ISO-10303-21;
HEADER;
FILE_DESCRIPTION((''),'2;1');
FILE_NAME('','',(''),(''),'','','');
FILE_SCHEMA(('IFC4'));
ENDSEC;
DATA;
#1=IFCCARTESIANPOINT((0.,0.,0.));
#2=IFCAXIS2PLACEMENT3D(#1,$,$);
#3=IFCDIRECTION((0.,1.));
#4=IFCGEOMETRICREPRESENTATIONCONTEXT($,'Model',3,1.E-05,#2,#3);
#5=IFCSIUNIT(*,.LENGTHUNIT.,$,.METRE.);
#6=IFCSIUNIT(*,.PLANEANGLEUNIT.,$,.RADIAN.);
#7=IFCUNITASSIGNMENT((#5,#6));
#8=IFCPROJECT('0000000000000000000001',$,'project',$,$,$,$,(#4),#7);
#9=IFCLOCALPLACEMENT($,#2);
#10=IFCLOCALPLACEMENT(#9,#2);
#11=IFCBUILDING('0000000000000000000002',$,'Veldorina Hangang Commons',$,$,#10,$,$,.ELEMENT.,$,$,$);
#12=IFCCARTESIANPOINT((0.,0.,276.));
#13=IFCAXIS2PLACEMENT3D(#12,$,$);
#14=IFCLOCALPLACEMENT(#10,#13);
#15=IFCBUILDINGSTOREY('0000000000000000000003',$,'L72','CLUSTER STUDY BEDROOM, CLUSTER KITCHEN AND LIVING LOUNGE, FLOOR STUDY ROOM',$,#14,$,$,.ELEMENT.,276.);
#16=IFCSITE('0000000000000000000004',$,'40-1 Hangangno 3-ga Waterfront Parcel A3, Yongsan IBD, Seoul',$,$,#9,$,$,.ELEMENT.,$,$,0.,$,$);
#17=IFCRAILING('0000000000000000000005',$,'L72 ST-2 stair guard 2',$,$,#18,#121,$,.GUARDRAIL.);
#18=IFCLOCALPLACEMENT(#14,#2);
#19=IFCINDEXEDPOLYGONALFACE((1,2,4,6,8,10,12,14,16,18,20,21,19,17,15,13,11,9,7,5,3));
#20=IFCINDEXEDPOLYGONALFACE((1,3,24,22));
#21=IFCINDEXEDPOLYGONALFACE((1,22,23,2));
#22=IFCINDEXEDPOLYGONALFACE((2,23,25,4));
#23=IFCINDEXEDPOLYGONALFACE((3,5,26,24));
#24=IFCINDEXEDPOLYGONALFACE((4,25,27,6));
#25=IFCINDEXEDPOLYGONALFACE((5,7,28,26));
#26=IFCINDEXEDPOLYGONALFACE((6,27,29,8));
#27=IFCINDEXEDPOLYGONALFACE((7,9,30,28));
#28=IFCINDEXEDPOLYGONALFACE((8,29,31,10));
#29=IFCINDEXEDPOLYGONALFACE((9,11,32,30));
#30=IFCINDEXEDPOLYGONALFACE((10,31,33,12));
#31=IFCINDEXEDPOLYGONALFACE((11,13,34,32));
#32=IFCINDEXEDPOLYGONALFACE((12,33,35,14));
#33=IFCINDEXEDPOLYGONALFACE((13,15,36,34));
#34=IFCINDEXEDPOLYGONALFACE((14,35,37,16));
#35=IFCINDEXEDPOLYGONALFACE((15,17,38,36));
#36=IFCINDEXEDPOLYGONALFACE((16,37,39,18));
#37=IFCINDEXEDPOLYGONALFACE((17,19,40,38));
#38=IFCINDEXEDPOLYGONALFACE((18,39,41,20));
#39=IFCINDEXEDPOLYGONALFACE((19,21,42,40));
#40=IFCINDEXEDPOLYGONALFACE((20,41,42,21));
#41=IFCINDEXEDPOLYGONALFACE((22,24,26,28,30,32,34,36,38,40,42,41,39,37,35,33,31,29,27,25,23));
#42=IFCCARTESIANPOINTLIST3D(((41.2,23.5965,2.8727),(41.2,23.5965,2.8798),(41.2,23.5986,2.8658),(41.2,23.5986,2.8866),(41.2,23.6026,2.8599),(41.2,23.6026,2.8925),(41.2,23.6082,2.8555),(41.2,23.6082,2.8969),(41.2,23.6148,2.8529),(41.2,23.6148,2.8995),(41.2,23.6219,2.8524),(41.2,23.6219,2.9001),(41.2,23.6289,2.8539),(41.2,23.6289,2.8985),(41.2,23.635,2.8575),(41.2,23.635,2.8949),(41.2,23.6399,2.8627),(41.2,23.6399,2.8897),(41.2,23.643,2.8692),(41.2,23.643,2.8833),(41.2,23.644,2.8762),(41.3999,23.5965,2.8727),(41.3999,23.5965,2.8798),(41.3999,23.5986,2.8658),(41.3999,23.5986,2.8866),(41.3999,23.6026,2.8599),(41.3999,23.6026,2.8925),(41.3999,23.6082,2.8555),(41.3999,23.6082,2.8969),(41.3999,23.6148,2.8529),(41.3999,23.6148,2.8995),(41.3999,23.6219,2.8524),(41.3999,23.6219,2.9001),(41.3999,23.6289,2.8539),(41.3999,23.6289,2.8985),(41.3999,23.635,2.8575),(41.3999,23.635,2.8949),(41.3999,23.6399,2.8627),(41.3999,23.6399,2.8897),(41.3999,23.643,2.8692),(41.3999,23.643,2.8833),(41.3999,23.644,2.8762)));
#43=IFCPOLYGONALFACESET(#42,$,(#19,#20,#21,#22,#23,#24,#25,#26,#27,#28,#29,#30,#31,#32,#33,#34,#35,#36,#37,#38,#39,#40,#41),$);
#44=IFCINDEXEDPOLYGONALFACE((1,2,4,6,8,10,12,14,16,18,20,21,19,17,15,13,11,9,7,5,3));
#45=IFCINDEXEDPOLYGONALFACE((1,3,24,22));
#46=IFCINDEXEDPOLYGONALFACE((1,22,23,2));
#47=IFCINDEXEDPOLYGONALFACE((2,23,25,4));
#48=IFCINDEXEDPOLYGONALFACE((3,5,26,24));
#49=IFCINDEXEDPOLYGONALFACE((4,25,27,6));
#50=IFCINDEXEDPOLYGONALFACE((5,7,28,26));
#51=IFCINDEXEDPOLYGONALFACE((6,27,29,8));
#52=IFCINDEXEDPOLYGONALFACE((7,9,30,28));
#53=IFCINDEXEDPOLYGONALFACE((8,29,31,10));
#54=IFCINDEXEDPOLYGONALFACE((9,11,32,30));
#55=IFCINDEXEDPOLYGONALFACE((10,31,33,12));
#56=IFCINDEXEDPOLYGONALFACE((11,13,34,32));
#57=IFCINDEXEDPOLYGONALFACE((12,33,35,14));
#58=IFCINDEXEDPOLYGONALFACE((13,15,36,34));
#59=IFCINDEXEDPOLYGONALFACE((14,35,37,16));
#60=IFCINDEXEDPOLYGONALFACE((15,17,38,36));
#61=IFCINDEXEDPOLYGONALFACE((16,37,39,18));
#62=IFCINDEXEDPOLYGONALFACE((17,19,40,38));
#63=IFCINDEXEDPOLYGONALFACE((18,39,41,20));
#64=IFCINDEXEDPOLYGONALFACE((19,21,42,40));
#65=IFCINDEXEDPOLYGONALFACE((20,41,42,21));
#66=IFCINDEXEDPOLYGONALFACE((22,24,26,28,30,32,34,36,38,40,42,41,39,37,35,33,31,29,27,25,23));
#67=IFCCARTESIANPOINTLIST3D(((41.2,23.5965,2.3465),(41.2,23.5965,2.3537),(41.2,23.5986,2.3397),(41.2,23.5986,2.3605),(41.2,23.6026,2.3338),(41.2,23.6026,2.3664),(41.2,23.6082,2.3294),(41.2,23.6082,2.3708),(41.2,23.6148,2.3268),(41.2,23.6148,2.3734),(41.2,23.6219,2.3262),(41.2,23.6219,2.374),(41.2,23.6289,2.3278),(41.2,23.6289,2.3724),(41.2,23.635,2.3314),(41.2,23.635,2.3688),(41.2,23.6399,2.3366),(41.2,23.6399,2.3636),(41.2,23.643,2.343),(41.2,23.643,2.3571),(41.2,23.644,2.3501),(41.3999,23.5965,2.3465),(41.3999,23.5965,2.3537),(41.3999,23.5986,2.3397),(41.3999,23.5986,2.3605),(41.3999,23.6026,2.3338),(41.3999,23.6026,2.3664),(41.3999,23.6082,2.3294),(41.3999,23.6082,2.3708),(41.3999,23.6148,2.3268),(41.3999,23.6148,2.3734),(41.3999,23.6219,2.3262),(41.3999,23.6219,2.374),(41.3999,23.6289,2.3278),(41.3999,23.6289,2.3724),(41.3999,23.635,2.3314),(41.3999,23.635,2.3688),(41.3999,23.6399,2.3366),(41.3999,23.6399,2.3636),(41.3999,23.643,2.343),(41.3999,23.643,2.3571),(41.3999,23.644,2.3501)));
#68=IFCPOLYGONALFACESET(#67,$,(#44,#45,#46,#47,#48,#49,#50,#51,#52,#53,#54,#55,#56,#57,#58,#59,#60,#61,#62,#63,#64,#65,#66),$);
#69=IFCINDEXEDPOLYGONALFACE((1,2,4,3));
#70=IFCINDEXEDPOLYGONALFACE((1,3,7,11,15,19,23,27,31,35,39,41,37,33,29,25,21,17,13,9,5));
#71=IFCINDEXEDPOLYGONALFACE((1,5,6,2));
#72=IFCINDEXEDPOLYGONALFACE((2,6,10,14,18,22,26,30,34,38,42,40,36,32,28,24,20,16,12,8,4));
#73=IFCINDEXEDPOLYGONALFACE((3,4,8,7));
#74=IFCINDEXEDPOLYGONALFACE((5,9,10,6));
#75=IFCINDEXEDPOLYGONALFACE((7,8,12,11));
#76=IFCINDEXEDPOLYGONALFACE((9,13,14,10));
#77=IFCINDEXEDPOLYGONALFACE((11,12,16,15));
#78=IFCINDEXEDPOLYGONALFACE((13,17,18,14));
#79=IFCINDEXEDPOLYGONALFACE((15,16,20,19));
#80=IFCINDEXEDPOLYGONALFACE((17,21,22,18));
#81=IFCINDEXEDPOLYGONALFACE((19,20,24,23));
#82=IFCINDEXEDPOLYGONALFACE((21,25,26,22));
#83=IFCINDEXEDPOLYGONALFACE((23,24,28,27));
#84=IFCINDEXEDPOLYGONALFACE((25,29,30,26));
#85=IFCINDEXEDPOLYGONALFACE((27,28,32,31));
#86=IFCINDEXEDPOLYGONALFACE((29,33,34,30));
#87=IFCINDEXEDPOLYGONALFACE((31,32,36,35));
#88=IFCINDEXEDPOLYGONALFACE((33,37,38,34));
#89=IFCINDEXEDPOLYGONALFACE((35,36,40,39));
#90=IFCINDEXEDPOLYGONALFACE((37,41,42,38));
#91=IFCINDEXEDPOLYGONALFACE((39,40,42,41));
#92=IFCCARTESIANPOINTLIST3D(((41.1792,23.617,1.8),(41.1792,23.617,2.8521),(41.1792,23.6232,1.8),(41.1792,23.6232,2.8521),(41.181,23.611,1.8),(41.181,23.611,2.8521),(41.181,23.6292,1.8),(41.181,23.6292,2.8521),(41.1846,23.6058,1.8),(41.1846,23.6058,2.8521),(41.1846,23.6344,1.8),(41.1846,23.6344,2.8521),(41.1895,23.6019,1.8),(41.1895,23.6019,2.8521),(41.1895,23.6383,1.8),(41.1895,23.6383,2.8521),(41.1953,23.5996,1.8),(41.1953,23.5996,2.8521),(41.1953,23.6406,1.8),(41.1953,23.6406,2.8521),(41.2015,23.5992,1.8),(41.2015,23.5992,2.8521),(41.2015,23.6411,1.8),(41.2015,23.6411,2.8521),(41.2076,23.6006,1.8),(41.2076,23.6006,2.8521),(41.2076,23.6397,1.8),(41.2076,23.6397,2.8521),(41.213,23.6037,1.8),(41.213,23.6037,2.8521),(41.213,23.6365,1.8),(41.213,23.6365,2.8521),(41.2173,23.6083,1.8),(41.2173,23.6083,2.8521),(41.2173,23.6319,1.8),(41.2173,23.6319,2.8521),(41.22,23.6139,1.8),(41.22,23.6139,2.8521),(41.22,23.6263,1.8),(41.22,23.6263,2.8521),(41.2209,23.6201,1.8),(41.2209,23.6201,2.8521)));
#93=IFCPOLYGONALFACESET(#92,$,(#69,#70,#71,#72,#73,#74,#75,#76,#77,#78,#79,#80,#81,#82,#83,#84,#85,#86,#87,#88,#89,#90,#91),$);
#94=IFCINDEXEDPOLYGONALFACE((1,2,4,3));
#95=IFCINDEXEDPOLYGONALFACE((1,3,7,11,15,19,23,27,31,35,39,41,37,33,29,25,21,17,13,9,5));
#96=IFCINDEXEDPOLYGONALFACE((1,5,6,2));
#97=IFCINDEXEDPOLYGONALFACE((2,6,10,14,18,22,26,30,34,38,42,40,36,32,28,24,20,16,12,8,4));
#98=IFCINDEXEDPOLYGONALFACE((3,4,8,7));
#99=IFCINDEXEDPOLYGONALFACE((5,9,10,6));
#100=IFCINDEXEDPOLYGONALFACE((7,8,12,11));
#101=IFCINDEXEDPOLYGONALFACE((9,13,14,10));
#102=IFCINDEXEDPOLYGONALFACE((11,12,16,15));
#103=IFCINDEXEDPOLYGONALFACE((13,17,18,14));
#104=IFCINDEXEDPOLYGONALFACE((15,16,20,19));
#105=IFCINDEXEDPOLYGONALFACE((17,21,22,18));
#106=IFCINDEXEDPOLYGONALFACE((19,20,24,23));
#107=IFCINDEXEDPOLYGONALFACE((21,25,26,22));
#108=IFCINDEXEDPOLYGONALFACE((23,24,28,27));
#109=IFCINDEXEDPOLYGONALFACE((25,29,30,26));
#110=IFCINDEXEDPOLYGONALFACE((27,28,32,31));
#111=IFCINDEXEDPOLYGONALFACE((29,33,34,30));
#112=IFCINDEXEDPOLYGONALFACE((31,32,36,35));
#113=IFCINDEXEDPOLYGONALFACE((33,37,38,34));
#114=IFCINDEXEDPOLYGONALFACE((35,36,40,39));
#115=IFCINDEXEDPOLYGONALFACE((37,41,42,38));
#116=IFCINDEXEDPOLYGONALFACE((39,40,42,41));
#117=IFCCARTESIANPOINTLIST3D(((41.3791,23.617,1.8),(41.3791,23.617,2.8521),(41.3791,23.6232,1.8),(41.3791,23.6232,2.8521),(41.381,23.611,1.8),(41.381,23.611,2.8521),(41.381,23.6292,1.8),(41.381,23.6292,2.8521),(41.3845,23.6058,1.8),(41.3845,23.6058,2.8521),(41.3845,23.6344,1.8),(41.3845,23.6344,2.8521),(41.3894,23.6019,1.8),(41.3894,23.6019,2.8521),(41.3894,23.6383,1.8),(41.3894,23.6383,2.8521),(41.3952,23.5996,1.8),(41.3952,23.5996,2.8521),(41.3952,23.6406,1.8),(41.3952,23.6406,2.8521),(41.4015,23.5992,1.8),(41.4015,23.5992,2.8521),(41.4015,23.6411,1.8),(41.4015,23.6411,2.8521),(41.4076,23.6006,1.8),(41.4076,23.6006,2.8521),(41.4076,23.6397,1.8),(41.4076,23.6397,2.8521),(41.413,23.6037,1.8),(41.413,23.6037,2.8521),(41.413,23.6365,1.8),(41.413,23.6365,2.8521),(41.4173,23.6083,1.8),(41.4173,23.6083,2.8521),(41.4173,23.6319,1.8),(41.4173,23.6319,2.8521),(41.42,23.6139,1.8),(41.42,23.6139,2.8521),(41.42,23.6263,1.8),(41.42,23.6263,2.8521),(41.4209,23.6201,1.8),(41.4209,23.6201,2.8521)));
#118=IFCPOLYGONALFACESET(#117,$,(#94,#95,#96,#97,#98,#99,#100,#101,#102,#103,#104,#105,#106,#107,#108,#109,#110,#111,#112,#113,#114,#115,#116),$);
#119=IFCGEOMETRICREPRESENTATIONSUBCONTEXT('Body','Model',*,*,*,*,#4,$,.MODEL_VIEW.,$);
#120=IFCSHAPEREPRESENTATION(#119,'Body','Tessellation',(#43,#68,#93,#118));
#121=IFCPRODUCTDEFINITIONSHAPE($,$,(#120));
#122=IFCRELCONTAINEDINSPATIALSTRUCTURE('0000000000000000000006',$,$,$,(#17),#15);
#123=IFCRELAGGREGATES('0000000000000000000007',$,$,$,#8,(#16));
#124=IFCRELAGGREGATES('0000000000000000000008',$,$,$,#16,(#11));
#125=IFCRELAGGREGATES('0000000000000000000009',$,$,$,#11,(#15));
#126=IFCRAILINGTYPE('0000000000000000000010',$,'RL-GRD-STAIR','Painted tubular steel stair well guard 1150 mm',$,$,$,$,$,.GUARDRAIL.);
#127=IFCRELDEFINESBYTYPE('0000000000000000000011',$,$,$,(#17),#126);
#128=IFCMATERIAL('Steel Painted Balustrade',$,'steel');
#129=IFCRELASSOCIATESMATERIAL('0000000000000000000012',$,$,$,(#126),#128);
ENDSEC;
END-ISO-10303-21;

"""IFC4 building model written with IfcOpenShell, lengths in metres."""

from ifc_helpers import new_model, si_unit, direction, frame, origin, origin_2d, place, context, subcontext, project, spatial, circle, extrude, material, type_object, element, save


model = new_model("IFC4")

# Units and contexts
model_context = context("Model", 3, precision=1e-05, world=origin(), true_north=direction((0.0, 1.0)))
body_context = subcontext(model_context, "Body", "Model", "MODEL_VIEW")
ifc_project = project(units=[si_unit("LENGTHUNIT", "METRE"), si_unit("PLANEANGLEUNIT", "RADIAN")], contexts=[model_context])

# Site, building, storey
site_placement = place(None, origin())
site = spatial("IfcSite", under=ifc_project, at=site_placement, Name="40-1 Hangangno 3-ga Waterfront Parcel A3, Yongsan IBD, Seoul", CompositionType="ELEMENT", RefElevation=0.0)
building_placement = place(site_placement, origin())
building = spatial("IfcBuilding", under=site, at=building_placement, Name="Veldorina Hangang Commons", CompositionType="ELEMENT")
storey_placement = place(building_placement, frame((0.0, 0.0, 276.0)))
storey = spatial("IfcBuildingStorey", under=building, at=storey_placement, Name="L72", Description="CLUSTER STUDY BEDROOM, CLUSTER KITCHEN AND LIVING LOUNGE, FLOOR STUDY ROOM", CompositionType="ELEMENT", Elevation=276.0)

# Railing
ifc_material_1 = material(Name="Steel Painted Balustrade", Category="steel")
railing_type_1 = type_object("IfcRailingType", Name="RL-GRD-STAIR", Description="Painted tubular steel stair well guard 1150 mm", PredefinedType="GUARDRAIL", material=ifc_material_1)
railing_1_placement = place(storey_placement, frame((41.2, 23.6201, 1.8)))
element("IfcRailing", 1, at=railing_1_placement, inside=storey, type_object=railing_type_1, Name="L72 ST-2 stair guard 2", PredefinedType="GUARDRAIL", context=body_context, shape_type="SweptSolid", body=[
    extrude(circle(Radius=0.0239, at=origin_2d()), frame((0.0, 0.0, 1.0762), z_axis=(1.0, 0.0, 0.0), x_axis=(0.0, 1.0, 0.0)), (0.0, 0.0, 1.0), 0.2),
    extrude(circle(Radius=0.0239, at=origin_2d()), frame((0.0, 0.0, 0.55), z_axis=(1.0, 0.0, 0.0), x_axis=(0.0, 1.0, 0.0)), (0.0, 0.0, 1.0), 0.2),
    extrude(circle(Radius=0.021, at=origin_2d()), origin(), (0.0, 0.0, 1.0), 1.052),
    extrude(circle(Radius=0.021, at=origin_2d()), frame((0.2, 0.0, 0.0)), (0.0, 0.0, 1.0), 1.052),
])

save(model, "model.ifc")
